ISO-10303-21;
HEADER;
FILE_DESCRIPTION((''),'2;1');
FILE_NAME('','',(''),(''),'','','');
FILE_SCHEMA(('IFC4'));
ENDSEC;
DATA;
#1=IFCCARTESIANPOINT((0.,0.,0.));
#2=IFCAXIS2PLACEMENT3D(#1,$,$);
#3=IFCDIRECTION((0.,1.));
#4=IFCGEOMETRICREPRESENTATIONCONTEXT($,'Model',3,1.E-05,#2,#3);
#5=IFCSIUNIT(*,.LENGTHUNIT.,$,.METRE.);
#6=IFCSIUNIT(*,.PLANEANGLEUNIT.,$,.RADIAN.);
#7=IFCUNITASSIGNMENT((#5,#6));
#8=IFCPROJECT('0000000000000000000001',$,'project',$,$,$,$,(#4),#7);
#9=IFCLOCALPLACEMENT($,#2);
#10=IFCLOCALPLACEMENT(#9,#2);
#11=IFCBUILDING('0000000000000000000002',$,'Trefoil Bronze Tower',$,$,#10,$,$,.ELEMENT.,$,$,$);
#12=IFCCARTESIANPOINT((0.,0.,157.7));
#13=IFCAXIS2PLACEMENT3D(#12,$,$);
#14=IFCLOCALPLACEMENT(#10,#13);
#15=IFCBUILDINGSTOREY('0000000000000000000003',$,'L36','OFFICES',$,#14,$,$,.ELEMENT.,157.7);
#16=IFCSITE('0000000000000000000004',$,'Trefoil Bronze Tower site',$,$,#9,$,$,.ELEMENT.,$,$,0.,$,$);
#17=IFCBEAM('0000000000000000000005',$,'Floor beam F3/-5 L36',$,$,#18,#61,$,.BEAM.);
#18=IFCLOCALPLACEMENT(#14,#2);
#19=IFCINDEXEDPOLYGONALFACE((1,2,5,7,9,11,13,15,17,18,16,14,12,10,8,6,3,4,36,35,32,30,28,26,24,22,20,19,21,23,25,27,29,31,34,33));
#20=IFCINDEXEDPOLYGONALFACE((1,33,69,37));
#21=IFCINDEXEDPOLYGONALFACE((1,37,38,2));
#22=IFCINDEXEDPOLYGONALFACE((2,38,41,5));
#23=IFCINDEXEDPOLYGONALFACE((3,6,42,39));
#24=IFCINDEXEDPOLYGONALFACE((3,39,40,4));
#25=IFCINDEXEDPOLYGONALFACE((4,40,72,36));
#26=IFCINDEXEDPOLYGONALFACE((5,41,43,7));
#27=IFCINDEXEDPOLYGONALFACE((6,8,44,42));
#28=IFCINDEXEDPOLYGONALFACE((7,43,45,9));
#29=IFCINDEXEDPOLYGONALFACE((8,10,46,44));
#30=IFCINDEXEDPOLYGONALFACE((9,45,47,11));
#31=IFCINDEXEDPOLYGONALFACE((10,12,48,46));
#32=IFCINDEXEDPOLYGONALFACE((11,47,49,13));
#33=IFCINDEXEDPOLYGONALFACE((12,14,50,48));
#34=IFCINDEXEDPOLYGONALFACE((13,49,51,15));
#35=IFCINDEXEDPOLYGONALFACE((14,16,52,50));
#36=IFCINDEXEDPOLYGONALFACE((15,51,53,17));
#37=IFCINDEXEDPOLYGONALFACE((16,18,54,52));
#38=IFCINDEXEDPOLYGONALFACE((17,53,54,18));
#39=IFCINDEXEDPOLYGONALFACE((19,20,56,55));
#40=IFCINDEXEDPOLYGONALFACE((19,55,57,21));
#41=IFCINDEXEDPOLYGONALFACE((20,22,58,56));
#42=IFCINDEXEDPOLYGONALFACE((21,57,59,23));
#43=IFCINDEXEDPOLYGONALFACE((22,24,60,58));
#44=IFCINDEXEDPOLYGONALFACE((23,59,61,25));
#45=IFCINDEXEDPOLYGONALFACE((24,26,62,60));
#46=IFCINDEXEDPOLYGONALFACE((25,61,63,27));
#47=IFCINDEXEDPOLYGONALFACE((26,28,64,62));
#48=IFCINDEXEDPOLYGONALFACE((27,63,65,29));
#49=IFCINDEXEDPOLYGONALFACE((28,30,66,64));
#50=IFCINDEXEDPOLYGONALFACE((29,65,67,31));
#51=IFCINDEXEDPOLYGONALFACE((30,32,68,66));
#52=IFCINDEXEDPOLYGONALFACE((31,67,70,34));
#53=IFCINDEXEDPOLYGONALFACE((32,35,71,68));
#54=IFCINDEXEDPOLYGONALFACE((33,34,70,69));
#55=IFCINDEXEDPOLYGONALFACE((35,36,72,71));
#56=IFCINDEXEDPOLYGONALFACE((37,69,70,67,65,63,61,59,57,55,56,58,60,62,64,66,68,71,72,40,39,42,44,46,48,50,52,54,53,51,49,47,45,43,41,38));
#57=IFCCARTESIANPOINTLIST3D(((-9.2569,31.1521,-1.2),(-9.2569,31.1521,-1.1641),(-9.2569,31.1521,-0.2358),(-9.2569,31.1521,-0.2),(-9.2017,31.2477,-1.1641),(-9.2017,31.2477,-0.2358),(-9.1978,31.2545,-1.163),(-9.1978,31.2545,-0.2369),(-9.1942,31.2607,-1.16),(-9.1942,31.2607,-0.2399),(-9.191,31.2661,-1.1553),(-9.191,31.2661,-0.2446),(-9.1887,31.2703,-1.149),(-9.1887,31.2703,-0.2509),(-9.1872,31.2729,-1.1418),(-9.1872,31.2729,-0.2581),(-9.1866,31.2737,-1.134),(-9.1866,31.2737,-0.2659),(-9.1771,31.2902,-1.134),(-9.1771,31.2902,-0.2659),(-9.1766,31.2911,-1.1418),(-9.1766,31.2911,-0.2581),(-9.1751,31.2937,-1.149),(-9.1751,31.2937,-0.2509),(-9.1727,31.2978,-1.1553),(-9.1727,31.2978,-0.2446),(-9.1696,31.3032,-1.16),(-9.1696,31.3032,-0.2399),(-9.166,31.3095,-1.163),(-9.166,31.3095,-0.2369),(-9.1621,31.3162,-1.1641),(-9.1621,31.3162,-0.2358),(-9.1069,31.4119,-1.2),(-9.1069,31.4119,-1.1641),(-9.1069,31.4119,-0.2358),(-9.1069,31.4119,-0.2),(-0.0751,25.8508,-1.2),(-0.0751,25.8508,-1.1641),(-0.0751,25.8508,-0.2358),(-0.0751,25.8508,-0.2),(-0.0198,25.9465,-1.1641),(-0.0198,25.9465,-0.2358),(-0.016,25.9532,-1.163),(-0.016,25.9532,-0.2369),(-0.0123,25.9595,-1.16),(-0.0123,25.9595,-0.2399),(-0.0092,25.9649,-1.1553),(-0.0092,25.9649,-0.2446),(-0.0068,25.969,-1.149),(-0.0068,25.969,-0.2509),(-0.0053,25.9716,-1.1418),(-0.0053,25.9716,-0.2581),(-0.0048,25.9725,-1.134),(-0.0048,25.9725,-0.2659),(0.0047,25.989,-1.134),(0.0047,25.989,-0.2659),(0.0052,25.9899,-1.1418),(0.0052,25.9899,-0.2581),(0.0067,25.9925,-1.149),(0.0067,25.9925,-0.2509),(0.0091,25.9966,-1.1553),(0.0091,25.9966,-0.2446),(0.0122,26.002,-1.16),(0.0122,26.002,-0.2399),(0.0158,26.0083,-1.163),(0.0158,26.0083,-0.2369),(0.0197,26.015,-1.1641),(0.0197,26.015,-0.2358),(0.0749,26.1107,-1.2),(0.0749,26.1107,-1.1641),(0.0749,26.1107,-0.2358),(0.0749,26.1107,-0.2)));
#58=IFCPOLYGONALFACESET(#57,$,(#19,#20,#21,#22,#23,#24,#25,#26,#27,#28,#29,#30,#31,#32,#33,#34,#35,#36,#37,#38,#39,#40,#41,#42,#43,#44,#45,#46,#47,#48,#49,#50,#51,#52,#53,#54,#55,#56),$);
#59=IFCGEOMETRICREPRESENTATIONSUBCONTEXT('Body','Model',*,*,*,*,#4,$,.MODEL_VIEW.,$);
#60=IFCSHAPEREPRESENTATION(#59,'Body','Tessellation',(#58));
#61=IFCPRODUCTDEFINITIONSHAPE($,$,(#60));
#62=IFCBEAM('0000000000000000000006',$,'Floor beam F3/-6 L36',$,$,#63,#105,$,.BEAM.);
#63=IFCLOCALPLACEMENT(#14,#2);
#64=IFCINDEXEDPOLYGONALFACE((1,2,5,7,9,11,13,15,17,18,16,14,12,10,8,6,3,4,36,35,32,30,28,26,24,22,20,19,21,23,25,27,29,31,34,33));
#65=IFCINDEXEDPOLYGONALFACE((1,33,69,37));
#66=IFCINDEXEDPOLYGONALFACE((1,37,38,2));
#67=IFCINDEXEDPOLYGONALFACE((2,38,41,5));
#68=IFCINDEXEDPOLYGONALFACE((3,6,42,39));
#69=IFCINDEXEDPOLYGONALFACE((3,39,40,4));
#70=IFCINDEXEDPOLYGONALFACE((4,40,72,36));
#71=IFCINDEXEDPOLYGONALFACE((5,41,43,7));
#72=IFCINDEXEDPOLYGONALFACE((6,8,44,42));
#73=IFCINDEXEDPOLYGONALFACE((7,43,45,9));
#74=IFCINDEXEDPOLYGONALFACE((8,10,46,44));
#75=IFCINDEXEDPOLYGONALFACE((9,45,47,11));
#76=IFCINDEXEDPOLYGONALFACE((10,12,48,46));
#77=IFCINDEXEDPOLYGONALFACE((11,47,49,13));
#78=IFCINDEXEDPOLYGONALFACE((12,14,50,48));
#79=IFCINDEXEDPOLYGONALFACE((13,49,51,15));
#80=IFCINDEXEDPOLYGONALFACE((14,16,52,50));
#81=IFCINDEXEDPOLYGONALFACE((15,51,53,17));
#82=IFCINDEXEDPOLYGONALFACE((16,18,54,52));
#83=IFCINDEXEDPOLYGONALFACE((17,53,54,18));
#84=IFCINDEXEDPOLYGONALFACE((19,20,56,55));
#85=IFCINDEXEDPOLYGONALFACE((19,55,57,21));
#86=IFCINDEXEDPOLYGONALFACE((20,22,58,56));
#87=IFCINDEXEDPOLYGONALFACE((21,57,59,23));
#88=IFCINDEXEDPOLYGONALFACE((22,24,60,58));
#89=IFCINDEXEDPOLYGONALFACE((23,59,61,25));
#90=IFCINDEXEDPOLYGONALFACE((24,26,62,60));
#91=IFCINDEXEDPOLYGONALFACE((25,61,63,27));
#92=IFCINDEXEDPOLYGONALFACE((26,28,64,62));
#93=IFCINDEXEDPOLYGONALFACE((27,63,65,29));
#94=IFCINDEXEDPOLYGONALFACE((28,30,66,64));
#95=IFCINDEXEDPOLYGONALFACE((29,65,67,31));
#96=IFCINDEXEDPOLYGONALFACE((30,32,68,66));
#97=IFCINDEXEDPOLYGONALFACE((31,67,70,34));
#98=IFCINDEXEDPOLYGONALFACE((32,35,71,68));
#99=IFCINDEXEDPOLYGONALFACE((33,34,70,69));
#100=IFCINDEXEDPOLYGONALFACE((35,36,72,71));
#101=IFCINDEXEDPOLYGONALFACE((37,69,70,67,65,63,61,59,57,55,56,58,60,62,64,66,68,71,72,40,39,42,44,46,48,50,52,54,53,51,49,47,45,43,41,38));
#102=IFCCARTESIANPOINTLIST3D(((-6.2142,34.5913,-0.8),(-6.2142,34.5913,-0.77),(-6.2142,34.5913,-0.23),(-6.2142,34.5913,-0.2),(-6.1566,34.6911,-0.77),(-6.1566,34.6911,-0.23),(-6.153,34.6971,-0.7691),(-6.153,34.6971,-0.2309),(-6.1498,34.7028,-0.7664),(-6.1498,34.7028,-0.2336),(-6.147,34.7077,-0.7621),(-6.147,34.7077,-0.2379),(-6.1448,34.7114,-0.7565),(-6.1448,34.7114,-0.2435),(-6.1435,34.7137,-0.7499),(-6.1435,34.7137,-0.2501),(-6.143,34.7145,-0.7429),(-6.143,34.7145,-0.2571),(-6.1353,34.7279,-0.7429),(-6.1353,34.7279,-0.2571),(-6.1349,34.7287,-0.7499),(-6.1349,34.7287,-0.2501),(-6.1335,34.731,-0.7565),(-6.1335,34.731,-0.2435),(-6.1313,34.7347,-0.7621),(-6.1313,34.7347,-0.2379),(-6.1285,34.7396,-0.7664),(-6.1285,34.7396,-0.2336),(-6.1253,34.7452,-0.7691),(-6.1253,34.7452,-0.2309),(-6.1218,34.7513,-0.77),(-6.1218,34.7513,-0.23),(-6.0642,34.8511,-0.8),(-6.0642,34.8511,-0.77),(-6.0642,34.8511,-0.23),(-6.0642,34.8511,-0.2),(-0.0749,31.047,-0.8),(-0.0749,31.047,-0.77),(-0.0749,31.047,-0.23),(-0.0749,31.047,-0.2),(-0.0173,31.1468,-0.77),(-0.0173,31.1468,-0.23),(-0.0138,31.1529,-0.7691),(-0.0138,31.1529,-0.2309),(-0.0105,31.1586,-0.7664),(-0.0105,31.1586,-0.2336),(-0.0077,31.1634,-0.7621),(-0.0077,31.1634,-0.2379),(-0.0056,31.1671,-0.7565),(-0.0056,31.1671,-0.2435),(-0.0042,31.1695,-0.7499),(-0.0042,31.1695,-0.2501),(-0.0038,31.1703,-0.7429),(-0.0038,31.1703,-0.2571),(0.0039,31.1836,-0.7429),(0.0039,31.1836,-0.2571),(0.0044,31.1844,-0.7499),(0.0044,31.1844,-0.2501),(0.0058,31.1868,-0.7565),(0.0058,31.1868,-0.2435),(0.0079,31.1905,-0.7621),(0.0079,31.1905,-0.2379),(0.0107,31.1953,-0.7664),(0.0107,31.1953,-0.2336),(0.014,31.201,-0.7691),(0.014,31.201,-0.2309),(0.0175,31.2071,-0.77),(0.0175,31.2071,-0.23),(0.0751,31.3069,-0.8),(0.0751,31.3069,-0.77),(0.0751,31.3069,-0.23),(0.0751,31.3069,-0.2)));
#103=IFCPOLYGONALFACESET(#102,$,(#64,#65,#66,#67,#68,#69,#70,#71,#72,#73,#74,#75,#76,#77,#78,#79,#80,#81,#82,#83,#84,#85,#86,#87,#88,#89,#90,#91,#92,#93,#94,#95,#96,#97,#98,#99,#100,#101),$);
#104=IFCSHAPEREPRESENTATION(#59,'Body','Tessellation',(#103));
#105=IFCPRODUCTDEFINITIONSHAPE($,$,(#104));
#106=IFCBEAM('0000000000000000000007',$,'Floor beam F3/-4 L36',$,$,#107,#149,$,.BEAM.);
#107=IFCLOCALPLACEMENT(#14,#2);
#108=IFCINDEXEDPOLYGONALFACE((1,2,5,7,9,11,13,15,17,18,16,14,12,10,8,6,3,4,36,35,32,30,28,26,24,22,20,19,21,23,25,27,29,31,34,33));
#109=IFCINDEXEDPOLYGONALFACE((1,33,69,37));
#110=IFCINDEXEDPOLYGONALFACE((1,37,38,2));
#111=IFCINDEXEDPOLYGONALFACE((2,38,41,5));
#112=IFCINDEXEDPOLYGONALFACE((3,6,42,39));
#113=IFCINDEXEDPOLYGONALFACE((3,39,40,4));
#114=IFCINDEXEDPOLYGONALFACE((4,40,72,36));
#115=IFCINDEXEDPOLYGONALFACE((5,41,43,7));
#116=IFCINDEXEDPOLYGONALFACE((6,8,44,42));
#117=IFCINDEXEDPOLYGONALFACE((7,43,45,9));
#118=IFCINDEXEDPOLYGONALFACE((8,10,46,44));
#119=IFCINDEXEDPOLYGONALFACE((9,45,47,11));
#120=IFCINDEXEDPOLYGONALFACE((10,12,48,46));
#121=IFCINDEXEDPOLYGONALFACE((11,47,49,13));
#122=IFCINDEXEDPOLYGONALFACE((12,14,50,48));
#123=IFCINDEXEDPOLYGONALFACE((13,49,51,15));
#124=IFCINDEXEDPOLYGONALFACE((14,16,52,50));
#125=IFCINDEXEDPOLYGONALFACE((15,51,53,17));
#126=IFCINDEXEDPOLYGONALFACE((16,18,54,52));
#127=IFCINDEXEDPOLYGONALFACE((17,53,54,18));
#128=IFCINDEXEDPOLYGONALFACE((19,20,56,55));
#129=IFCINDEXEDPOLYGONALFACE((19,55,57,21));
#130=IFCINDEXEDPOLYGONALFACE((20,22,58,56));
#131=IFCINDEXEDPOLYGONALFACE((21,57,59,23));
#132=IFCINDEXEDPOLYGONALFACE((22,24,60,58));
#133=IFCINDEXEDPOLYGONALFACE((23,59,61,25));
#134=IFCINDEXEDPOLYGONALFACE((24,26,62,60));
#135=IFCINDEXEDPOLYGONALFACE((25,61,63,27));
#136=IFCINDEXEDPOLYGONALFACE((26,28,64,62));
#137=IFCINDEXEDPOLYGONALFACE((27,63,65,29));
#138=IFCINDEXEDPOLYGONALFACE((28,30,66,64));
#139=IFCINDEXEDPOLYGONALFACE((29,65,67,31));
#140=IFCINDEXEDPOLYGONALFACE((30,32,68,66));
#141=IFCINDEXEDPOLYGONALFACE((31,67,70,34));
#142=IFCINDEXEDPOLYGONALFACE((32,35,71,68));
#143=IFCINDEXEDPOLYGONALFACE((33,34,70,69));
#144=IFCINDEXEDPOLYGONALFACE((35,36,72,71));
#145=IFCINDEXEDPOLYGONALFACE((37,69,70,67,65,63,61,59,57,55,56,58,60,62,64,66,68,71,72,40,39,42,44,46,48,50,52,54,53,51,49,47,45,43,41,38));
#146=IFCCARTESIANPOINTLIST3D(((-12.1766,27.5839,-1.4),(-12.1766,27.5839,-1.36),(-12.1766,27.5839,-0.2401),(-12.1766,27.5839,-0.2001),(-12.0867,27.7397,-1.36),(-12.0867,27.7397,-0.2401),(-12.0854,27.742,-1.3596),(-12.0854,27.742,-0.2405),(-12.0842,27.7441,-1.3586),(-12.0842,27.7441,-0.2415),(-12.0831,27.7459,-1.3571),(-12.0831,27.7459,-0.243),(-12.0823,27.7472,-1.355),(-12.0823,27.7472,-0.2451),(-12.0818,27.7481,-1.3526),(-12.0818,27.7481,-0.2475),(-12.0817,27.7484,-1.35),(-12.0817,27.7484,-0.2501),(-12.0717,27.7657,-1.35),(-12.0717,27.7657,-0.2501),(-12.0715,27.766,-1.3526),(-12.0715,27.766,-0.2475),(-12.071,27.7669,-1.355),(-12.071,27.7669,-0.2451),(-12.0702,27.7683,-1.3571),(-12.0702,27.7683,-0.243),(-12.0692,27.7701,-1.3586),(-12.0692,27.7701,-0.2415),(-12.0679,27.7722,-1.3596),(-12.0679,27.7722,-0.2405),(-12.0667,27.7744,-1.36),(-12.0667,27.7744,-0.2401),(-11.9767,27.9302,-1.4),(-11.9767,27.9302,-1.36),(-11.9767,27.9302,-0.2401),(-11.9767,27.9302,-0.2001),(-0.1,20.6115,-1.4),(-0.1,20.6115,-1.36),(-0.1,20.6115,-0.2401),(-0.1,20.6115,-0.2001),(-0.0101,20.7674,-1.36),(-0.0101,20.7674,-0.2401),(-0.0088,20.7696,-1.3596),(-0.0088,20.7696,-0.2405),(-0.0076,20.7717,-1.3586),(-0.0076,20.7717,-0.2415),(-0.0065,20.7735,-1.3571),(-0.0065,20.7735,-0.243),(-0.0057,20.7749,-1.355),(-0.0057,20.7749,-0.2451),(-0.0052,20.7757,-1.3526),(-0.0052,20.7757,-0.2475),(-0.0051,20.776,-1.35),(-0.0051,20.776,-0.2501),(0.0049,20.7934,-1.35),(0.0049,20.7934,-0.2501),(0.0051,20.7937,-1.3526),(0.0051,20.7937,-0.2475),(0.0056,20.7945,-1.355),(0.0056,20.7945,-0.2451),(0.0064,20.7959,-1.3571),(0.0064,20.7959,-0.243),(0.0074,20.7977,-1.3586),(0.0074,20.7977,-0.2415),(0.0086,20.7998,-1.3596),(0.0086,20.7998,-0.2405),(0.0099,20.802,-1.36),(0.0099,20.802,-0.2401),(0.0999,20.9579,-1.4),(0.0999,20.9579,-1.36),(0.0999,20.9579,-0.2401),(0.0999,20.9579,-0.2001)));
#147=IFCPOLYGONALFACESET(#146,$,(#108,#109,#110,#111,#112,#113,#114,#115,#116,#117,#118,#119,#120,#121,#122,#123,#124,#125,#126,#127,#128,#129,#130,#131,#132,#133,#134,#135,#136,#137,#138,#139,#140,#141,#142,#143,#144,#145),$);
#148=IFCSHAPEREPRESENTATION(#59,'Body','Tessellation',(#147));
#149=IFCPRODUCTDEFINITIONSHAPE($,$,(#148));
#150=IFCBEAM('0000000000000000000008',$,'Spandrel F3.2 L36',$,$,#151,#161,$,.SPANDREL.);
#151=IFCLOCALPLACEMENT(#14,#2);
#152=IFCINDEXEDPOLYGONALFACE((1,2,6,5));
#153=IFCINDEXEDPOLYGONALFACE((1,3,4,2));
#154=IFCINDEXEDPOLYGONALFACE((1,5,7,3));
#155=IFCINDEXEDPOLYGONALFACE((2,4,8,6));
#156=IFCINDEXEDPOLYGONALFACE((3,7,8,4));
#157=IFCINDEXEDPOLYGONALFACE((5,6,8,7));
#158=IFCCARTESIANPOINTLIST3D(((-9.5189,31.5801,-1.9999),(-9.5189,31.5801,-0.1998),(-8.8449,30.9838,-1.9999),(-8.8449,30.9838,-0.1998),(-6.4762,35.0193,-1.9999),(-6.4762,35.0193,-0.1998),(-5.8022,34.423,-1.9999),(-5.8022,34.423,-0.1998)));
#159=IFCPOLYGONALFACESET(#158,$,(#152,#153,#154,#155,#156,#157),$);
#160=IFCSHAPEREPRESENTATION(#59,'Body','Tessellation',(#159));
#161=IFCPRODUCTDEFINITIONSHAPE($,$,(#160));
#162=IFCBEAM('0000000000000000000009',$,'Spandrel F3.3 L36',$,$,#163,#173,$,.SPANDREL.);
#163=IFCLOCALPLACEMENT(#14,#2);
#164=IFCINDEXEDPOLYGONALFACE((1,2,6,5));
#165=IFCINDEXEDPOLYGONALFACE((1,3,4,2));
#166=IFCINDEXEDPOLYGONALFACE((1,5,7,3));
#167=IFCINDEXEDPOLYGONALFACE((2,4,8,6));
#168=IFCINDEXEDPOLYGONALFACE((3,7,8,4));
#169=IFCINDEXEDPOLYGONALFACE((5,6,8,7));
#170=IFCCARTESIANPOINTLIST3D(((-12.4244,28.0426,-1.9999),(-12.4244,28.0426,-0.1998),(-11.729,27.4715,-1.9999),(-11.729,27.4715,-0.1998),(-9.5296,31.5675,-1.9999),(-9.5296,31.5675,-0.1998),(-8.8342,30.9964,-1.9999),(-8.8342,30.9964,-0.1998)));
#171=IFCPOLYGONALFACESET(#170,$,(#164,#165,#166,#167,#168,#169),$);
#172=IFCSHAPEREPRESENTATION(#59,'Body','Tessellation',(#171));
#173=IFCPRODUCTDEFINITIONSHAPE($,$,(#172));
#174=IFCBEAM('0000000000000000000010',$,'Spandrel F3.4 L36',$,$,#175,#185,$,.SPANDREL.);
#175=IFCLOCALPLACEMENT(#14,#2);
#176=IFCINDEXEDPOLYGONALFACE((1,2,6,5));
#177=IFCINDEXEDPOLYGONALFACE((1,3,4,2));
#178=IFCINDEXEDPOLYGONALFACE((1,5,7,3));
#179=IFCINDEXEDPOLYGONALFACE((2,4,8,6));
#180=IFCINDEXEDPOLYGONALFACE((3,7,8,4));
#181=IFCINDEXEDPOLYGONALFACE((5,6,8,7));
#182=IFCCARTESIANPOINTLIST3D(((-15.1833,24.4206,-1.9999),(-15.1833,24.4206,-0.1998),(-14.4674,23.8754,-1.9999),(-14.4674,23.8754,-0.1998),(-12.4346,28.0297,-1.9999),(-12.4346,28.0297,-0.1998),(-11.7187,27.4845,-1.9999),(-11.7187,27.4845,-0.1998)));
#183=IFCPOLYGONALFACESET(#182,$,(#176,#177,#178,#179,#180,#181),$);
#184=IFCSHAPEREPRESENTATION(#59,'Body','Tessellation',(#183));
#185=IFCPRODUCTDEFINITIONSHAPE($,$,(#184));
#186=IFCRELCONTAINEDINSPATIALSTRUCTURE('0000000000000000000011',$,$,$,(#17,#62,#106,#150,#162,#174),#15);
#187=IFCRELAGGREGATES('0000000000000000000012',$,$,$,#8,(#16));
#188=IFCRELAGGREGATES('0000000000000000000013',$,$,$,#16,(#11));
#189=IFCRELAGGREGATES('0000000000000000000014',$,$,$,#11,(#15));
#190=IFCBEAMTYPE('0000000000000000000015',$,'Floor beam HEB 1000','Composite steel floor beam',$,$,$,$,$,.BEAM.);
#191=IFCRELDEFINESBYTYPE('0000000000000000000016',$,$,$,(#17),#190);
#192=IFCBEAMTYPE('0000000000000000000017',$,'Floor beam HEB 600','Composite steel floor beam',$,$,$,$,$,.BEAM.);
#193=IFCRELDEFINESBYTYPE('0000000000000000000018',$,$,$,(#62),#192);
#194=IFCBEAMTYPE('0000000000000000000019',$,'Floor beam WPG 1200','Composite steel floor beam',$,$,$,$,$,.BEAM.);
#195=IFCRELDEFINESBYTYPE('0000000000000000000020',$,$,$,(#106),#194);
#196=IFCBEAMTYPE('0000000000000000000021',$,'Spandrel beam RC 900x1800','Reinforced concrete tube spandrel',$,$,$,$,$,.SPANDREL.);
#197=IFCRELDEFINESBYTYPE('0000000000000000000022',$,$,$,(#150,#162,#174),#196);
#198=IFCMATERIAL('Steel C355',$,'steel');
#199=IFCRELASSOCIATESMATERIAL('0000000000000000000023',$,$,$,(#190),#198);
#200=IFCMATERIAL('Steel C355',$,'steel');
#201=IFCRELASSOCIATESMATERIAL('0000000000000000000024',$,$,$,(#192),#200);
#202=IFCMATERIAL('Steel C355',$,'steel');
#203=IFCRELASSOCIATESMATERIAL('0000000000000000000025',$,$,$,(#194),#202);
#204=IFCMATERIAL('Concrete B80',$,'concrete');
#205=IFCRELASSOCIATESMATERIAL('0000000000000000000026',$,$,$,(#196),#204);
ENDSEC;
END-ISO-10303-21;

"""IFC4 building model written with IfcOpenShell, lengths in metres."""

from ifc_helpers import new_model, si_unit, direction, frame, origin, origin_2d, place, context, subcontext, project, spatial, rectangle, i_section, extrude, material, material_profile, profile_set, type_object, element, save


model = new_model("IFC4")

# Units and contexts
model_context = context("Model", 3, precision=1e-05, world=origin(), true_north=direction((0.0, 1.0)))
body_context = subcontext(model_context, "Body", "Model", "MODEL_VIEW")
ifc_project = project(units=[si_unit("LENGTHUNIT", "METRE"), si_unit("PLANEANGLEUNIT", "RADIAN")], contexts=[model_context])

# Site, building, storey
site_placement = place(None, origin())
site = spatial("IfcSite", under=ifc_project, at=site_placement, Name="Trefoil Bronze Tower site", CompositionType="ELEMENT", RefElevation=0.0)
building_placement = place(site_placement, origin())
building = spatial("IfcBuilding", under=site, at=building_placement, Name="Trefoil Bronze Tower", CompositionType="ELEMENT")
storey_placement = place(building_placement, frame((0.0, 0.0, 157.7)))
storey = spatial("IfcBuildingStorey", under=building, at=storey_placement, Name="L36", Description="OFFICES", CompositionType="ELEMENT", Elevation=157.7)

# Beams
ifc_material_1 = material(Name="Steel C355", Category="steel")
ifc_material_profile_1 = material_profile(ifc_material_1, i_section(OverallWidth=0.3, OverallDepth=1.0, WebThickness=0.019, FlangeThickness=0.0359, FilletRadius=0.03, at=origin_2d()), Name="HEB 1000")
ifc_profile_set_1 = profile_set([ifc_material_profile_1], Name="Steel C355")
beam_type_1 = type_object("IfcBeamType", Name="Floor beam HEB 1000", Description="Composite steel floor beam", PredefinedType="BEAM", material=ifc_profile_set_1)
beam_1_placement = place(storey_placement, frame((-9.1819, 31.282, -0.7), z_axis=(0.866021, -0.500007, 0.0), x_axis=(0.500007, 0.866021, 0.0)))
element("IfcBeam", 1, at=beam_1_placement, inside=storey, type_object=beam_type_1, Name="Floor beam F3/-5 L36", PredefinedType="BEAM", context=body_context, shape_type="SweptSolid", body=[
    extrude(i_section(OverallWidth=0.3, OverallDepth=1.0, WebThickness=0.019, FlangeThickness=0.0359, FilletRadius=0.03, at=origin_2d()), origin(), (0.0, 0.0, 1.0), 10.6023),
])
ifc_material_2 = material(Name="Steel C355", Category="steel")
ifc_material_profile_2 = material_profile(ifc_material_2, i_section(OverallWidth=0.3, OverallDepth=0.6001, WebThickness=0.0154, FlangeThickness=0.03, FilletRadius=0.0271, at=origin_2d()), Name="HEB 600")
ifc_profile_set_2 = profile_set([ifc_material_profile_2], Name="Steel C355")
beam_type_2 = type_object("IfcBeamType", Name="Floor beam HEB 600", Description="Composite steel floor beam", PredefinedType="BEAM", material=ifc_profile_set_2)
beam_2_placement = place(storey_placement, frame((-6.1392, 34.7212, -0.5), z_axis=(0.866041, -0.499973, 0.0), x_axis=(0.499973, 0.866041, 0.0)))
element("IfcBeam", 2, at=beam_2_placement, inside=storey, type_object=beam_type_2, Name="Floor beam F3/-6 L36", PredefinedType="BEAM", context=body_context, shape_type="SweptSolid", body=[
    extrude(i_section(OverallWidth=0.3, OverallDepth=0.6001, WebThickness=0.0154, FlangeThickness=0.03, FilletRadius=0.0271, at=origin_2d()), origin(), (0.0, 0.0, 1.0), 7.0889),
])
ifc_material_3 = material(Name="Steel C355", Category="steel")
ifc_material_profile_3 = material_profile(ifc_material_3, i_section(OverallWidth=0.3999, OverallDepth=1.2, WebThickness=0.02, FlangeThickness=0.04, FilletRadius=0.01, at=origin_2d()), Name="WPG 1200")
ifc_profile_set_3 = profile_set([ifc_material_profile_3], Name="Steel C355")
beam_type_3 = type_object("IfcBeamType", Name="Floor beam WPG 1200", Description="Composite steel floor beam", PredefinedType="BEAM", material=ifc_profile_set_3)
beam_3_placement = place(storey_placement, frame((-12.0767, 27.7571, -0.8), z_axis=(0.866027, -0.499997, 0.0), x_axis=(0.499997, 0.866027, 0.0)))
element("IfcBeam", 3, at=beam_3_placement, inside=storey, type_object=beam_type_3, Name="Floor beam F3/-4 L36", PredefinedType="BEAM", context=body_context, shape_type="SweptSolid", body=[
    extrude(i_section(OverallWidth=0.3999, OverallDepth=1.2, WebThickness=0.02, FlangeThickness=0.04, FilletRadius=0.01, at=origin_2d()), origin(), (0.0, 0.0, 1.0), 13.9448),
])
ifc_material_4 = material(Name="Concrete B80", Category="concrete")
ifc_material_profile_4 = material_profile(ifc_material_4, rectangle(XDim=0.8999, YDim=1.8, at=origin_2d()), Name="RC 900x1800")
ifc_profile_set_4 = profile_set([ifc_material_profile_4], Name="Concrete B80")
beam_type_4 = type_object("IfcBeamType", Name="Spandrel beam RC 900x1800", Description="Reinforced concrete tube spandrel", PredefinedType="SPANDREL", material=ifc_profile_set_4)
beam_4_placement = place(storey_placement, frame((-6.1392, 34.7212, -1.0999), z_axis=(-0.662616, -0.748959, 0.0), x_axis=(0.748959, -0.662616, 0.0)))
element("IfcBeam", 4, at=beam_4_placement, inside=storey, type_object=beam_type_4, Name="Spandrel F3.2 L36", PredefinedType="SPANDREL", context=body_context, shape_type="SweptSolid", body=[
    extrude(rectangle(XDim=0.8999, YDim=1.8, at=origin_2d()), origin(), (0.0, 0.0, 1.0), 4.592),
])
beam_5_placement = place(storey_placement, frame((-9.1819, 31.282, -1.0999), z_axis=(-0.63465, -0.772799, 0.0), x_axis=(0.772799, -0.63465, 0.0)))
element("IfcBeam", 5, at=beam_5_placement, inside=storey, type_object=beam_type_4, Name="Spandrel F3.3 L36", PredefinedType="SPANDREL", context=body_context, shape_type="SweptSolid", body=[
    extrude(rectangle(XDim=0.8999, YDim=1.8, at=origin_2d()), origin(), (0.0, 0.0, 1.0), 4.5613),
])
beam_6_placement = place(storey_placement, frame((-12.0767, 27.7571, -1.0999), z_axis=(-0.605899, -0.795542, 0.0), x_axis=(0.795542, -0.605899, 0.0)))
element("IfcBeam", 6, at=beam_6_placement, inside=storey, type_object=beam_type_4, Name="Spandrel F3.4 L36", PredefinedType="SPANDREL", context=body_context, shape_type="SweptSolid", body=[
    extrude(rectangle(XDim=0.8999, YDim=1.8, at=origin_2d()), origin(), (0.0, 0.0, 1.0), 4.5366),
])

save(model, "model.ifc")
